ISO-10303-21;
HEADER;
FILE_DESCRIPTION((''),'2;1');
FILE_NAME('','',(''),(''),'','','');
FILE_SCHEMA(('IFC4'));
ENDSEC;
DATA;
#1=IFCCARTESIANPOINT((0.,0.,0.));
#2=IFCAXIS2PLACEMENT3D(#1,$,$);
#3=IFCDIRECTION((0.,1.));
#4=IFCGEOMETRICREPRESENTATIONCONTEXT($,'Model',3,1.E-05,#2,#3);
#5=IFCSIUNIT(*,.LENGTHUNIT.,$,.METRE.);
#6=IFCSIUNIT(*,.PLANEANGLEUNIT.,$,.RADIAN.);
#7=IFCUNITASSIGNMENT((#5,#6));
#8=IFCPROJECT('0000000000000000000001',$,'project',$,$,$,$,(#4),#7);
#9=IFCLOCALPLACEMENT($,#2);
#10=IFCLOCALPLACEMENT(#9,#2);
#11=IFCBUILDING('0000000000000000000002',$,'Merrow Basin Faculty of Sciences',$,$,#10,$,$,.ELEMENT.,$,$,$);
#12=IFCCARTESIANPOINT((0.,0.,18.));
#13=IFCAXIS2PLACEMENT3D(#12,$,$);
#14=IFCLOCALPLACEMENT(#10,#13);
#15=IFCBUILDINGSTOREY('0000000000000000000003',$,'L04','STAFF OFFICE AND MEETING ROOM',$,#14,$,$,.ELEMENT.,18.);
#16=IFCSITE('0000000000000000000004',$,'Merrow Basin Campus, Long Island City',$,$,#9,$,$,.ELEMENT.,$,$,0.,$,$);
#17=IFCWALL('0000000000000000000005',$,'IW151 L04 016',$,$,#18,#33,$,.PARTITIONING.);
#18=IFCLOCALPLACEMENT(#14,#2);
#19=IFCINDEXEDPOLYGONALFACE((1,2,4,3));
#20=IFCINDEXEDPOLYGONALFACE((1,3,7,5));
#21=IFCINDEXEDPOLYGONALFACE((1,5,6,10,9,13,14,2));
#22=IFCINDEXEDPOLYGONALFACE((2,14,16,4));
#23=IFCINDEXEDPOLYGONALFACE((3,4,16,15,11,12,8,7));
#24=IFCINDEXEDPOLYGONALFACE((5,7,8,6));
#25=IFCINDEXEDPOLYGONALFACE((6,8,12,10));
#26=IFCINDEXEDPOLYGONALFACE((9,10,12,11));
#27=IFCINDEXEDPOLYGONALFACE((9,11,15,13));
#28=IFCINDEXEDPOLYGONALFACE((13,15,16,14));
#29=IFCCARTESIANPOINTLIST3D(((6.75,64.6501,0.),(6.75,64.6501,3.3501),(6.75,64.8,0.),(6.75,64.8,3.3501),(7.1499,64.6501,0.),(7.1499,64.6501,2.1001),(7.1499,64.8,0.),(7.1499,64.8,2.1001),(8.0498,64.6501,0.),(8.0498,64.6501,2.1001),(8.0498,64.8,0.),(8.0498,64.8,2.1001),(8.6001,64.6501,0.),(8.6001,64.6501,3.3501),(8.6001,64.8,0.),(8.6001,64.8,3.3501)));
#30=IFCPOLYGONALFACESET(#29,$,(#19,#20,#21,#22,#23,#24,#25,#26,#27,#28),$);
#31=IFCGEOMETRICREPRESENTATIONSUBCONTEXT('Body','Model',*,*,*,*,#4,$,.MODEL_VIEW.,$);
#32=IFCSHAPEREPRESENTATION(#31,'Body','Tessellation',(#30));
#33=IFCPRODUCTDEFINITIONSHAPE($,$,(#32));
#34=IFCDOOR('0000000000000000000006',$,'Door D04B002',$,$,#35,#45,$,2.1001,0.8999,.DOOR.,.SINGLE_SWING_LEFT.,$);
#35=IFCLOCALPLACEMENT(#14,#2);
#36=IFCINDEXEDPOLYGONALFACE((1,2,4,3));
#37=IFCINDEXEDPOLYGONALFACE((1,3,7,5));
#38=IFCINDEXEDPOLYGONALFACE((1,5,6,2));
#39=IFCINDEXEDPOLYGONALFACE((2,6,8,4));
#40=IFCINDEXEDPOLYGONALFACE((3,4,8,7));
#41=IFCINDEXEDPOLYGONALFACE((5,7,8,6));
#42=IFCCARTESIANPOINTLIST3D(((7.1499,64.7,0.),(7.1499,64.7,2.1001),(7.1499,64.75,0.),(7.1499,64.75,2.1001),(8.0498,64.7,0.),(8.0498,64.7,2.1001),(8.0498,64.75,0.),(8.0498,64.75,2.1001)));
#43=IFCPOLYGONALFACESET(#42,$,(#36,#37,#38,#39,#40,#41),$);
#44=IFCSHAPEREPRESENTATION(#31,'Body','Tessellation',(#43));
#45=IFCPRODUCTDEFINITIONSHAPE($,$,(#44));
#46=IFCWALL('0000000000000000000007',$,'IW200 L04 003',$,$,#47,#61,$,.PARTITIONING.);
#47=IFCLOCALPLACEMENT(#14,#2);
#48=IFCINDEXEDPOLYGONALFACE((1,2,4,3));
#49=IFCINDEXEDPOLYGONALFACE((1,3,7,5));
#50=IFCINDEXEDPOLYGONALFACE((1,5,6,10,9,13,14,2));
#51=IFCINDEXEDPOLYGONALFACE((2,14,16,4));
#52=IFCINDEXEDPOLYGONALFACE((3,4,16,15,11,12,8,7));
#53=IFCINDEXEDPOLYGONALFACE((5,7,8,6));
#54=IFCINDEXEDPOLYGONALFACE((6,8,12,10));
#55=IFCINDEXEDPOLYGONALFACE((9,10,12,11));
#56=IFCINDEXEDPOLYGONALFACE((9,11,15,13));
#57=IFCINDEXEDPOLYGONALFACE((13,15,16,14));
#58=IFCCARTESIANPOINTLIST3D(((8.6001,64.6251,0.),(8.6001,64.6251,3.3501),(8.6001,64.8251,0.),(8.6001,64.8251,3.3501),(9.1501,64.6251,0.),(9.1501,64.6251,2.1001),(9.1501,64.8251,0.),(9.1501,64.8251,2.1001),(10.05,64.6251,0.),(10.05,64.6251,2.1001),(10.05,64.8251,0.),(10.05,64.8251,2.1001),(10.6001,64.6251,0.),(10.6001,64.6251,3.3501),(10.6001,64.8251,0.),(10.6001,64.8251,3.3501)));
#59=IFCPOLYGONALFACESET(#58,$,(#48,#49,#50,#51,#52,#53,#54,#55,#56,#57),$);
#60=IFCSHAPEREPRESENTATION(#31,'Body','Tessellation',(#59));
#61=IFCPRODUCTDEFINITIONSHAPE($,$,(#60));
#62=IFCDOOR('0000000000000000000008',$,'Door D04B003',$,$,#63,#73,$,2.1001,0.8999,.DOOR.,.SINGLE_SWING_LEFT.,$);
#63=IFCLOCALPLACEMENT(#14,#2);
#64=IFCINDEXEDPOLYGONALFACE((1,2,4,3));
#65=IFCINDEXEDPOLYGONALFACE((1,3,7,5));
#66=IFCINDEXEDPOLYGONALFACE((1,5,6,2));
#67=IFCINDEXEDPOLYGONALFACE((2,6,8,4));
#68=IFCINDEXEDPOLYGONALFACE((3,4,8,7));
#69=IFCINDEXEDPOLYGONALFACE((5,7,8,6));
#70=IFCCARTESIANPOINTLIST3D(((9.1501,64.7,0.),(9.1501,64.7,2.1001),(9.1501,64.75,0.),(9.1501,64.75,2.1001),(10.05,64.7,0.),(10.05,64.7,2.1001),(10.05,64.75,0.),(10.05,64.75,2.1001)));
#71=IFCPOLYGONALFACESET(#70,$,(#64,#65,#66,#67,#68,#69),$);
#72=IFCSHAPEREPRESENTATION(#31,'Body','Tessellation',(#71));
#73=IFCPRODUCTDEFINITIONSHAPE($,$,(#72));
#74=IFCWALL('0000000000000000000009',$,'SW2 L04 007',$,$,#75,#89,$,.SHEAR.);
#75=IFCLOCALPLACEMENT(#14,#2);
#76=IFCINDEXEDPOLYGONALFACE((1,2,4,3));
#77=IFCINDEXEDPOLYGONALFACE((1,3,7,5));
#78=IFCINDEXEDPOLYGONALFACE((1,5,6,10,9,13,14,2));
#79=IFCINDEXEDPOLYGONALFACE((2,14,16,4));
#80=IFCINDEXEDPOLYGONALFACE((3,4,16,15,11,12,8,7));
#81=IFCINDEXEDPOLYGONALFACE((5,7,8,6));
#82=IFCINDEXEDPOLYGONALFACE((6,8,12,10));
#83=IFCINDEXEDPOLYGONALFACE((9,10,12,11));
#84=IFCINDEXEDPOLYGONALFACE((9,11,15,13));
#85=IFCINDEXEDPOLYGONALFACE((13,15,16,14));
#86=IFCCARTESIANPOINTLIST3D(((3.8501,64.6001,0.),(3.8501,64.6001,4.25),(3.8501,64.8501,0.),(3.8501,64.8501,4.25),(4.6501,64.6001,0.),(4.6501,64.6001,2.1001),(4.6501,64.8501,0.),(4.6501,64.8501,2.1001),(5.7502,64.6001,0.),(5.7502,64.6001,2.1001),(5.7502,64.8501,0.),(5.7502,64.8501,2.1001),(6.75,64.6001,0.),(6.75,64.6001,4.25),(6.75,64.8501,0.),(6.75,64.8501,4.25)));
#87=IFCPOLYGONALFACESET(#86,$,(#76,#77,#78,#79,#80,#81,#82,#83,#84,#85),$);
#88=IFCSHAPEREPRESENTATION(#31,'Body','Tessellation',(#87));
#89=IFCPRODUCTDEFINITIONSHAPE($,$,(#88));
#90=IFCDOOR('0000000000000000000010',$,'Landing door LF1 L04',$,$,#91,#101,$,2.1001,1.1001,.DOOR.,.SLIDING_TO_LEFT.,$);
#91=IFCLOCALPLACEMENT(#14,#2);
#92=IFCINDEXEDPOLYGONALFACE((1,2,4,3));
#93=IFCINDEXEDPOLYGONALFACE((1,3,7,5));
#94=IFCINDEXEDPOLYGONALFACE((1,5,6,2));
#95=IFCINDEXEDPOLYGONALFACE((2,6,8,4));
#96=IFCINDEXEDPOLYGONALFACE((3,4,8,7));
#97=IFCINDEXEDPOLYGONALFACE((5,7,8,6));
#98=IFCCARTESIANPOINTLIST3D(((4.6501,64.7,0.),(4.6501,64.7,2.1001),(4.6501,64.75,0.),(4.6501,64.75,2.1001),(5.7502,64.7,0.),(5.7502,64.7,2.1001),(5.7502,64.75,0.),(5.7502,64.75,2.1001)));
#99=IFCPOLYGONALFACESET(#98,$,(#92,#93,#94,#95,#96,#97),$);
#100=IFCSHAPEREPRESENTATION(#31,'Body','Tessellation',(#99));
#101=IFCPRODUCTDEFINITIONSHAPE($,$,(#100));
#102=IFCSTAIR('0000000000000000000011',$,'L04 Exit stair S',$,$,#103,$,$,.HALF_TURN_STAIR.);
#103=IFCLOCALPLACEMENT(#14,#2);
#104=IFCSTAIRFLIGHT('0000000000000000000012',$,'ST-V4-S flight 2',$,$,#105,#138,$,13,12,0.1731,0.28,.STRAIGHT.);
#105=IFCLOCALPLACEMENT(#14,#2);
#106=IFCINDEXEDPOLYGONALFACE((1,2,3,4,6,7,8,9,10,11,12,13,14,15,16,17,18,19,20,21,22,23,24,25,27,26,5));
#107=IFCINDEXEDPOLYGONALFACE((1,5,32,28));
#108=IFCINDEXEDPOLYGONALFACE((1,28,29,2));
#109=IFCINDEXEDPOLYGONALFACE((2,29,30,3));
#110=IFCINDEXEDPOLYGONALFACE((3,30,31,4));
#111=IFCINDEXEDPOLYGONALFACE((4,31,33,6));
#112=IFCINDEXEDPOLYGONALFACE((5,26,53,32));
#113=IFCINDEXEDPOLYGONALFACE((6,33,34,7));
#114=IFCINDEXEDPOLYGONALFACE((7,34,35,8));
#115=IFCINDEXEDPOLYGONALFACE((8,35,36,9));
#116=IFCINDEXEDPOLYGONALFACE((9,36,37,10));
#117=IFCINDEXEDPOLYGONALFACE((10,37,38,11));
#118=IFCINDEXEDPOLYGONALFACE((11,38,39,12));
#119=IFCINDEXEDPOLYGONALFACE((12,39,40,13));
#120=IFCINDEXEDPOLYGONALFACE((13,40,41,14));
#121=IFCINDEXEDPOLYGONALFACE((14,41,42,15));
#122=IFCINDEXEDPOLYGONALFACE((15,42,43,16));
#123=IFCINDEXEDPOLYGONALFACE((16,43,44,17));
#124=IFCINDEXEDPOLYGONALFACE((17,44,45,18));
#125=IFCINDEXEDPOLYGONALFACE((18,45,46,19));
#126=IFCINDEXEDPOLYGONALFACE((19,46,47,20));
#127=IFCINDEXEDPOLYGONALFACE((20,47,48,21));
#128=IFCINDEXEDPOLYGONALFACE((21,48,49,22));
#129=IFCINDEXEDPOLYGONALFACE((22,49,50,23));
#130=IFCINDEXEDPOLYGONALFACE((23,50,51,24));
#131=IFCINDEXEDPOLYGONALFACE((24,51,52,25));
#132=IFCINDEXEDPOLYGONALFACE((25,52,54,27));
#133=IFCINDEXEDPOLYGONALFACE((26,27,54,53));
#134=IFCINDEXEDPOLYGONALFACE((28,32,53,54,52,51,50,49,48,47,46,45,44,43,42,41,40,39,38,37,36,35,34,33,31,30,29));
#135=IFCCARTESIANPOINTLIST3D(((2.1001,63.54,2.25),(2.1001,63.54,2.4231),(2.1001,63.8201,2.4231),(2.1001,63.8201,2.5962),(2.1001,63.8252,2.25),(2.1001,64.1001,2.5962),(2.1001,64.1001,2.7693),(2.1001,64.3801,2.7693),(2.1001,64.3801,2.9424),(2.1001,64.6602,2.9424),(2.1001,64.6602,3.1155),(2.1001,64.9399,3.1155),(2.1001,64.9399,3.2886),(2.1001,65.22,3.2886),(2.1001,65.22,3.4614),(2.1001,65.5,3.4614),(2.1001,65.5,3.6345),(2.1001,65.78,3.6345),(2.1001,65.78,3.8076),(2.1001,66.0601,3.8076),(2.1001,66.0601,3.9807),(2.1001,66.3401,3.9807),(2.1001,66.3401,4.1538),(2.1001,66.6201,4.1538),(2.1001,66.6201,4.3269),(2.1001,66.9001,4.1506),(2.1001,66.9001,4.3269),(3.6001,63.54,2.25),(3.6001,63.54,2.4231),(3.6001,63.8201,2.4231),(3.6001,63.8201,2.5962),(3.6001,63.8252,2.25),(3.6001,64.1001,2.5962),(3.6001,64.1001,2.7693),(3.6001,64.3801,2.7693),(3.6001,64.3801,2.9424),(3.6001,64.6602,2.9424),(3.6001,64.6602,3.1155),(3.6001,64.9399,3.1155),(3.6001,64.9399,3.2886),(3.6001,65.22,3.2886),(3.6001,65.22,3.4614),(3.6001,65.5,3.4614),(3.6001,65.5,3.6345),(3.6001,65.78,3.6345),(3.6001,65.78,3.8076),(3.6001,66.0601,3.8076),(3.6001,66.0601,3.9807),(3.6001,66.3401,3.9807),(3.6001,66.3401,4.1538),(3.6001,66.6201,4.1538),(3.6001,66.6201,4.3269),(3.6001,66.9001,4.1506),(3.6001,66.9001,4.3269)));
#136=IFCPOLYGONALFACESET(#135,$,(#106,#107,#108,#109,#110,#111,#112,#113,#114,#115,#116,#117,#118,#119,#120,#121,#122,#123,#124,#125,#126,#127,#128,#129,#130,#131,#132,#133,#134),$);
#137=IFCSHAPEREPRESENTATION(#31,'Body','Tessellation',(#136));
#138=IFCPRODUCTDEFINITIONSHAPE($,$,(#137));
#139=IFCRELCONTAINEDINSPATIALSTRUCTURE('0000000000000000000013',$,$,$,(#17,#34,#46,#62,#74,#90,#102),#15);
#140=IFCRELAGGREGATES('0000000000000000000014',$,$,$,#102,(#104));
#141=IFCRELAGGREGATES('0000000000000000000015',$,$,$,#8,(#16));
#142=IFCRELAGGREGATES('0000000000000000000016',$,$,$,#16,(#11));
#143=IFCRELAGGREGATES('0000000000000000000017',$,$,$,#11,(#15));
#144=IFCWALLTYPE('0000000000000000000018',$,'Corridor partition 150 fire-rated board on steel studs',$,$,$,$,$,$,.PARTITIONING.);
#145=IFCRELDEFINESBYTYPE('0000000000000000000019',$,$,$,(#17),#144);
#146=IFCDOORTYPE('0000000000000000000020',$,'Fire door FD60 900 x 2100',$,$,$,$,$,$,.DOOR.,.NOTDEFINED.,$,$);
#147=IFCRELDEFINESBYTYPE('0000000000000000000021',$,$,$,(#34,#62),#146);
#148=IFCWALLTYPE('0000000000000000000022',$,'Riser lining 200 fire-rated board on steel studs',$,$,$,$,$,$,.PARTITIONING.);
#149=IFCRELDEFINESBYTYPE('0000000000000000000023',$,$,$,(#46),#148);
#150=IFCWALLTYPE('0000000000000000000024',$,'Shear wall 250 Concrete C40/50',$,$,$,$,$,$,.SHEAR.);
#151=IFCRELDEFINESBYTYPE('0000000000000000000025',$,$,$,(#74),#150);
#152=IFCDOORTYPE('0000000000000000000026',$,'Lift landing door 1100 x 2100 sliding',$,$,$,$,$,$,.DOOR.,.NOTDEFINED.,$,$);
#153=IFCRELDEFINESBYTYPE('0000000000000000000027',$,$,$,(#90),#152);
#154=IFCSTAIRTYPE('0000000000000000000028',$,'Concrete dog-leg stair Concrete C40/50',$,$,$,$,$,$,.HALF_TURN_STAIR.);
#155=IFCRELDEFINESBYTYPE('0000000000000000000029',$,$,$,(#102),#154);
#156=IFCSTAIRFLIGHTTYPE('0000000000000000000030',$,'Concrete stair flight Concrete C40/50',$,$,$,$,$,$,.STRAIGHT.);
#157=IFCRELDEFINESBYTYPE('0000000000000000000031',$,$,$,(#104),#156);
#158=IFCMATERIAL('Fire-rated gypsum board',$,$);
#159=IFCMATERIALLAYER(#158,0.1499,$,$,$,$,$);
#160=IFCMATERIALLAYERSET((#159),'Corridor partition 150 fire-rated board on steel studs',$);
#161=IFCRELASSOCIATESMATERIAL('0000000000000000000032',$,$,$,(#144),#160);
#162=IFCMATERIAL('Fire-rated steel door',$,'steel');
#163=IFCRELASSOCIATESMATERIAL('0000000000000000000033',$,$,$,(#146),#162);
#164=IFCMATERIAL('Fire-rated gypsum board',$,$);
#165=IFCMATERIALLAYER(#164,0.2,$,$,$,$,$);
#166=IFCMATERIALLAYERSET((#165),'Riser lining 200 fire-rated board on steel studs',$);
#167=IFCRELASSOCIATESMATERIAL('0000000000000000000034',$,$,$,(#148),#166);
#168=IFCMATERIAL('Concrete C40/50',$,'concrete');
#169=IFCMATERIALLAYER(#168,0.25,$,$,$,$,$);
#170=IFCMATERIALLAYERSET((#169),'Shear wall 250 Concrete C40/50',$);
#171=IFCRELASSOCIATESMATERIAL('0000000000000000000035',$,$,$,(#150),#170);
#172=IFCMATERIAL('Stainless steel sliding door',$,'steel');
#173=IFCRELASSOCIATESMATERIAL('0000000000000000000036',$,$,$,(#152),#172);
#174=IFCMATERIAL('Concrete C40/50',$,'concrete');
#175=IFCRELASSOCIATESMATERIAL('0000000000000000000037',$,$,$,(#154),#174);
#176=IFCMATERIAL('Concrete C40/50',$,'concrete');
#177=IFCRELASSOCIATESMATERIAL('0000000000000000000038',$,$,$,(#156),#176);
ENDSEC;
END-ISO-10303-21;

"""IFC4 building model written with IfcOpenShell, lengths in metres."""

from ifc_helpers import new_model, si_unit, direction, frame, frame_2d, origin, place, context, subcontext, project, spatial, polyline, rectangle, outline, extrude, material, layer, layer_set, type_object, element, fill, aggregate, save


model = new_model("IFC4")

# Units and contexts
model_context = context("Model", 3, precision=1e-05, world=origin(), true_north=direction((0.0, 1.0)))
body_context = subcontext(model_context, "Body", "Model", "MODEL_VIEW")
ifc_project = project(units=[si_unit("LENGTHUNIT", "METRE"), si_unit("PLANEANGLEUNIT", "RADIAN")], contexts=[model_context])

# Site, building, storey
site_placement = place(None, origin())
site = spatial("IfcSite", under=ifc_project, at=site_placement, Name="Merrow Basin Campus, Long Island City", CompositionType="ELEMENT", RefElevation=0.0)
building_placement = place(site_placement, origin())
building = spatial("IfcBuilding", under=site, at=building_placement, Name="Merrow Basin Faculty of Sciences", CompositionType="ELEMENT")
storey_placement = place(building_placement, frame((0.0, 0.0, 18.0)))
storey = spatial("IfcBuildingStorey", under=building, at=storey_placement, Name="L04", Description="STAFF OFFICE AND MEETING ROOM", CompositionType="ELEMENT", Elevation=18.0)

# Walls, openings, doors
ifc_material_1 = material(Name="Fire-rated gypsum board")
ifc_layer_1 = layer(ifc_material_1, 0.1499)
ifc_layer_set_1 = layer_set([ifc_layer_1], Name="Corridor partition 150 fire-rated board on steel studs")
wall_type_1 = type_object("IfcWallType", Name="Corridor partition 150 fire-rated board on steel studs", PredefinedType="PARTITIONING", material=ifc_layer_set_1)
wall_1_placement = place(storey_placement, frame((6.75, 64.7251, 0.0), z_axis=(0.0, 0.0, 1.0), x_axis=(1.0, 0.0, 0.0)))
wall_1 = element("IfcWall", 1, at=wall_1_placement, inside=storey, type_object=wall_type_1, Name="IW151 L04 016", PredefinedType="PARTITIONING", context=body_context, shape_type="SweptSolid", body=[
    extrude(rectangle(XDim=1.8501, YDim=0.1499, at=frame_2d((0.925, 0.0))), origin(), (0.0, 0.0, 1.0), 3.3501),
])
opening_1_placement = place(wall_1_placement, frame((0.3999, 0.0, 0.0)))
opening_1 = element("IfcOpeningElement", 2, at=opening_1_placement, cuts=wall_1, PredefinedType="OPENING", context=body_context, shape_type="SweptSolid", body=[
    extrude(rectangle(XDim=0.8999, YDim=2.1001, at=frame_2d((0.45, 1.05))), frame((0.0, 0.085, 0.0), z_axis=(0.0, -1.0, 0.0), x_axis=(1.0, 0.0, 0.0)), (0.0, 0.0, 1.0), 0.1699),
])
ifc_material_2 = material(Name="Fire-rated steel door", Category="steel")
door_type_1 = type_object("IfcDoorType", Name="Fire door FD60 900 x 2100", OperationType="NOTDEFINED", PredefinedType="DOOR", material=ifc_material_2)
door_1_placement = place(opening_1_placement, origin())
door_1 = element("IfcDoor", 3, at=door_1_placement, inside=storey, type_object=door_type_1, Name="Door D04B002", OperationType="SINGLE_SWING_LEFT", OverallHeight=2.1001, OverallWidth=0.8999, PredefinedType="DOOR", context=body_context, shape_type="SweptSolid", body=[
    extrude(rectangle(XDim=0.8999, YDim=2.1001, at=frame_2d((0.45, 1.05))), frame((0.0, 0.0249, 0.0), z_axis=(0.0, -1.0, 0.0), x_axis=(1.0, 0.0, 0.0)), (0.0, 0.0, 1.0), 0.05),
])
fill(opening_1, door_1)
ifc_material_3 = material(Name="Fire-rated gypsum board")
ifc_layer_2 = layer(ifc_material_3, 0.2)
ifc_layer_set_2 = layer_set([ifc_layer_2], Name="Riser lining 200 fire-rated board on steel studs")
wall_type_2 = type_object("IfcWallType", Name="Riser lining 200 fire-rated board on steel studs", PredefinedType="PARTITIONING", material=ifc_layer_set_2)
wall_2_placement = place(storey_placement, frame((8.6001, 64.7251, 0.0), z_axis=(0.0, 0.0, 1.0), x_axis=(1.0, 0.0, 0.0)))
wall_2 = element("IfcWall", 4, at=wall_2_placement, inside=storey, type_object=wall_type_2, Name="IW200 L04 003", PredefinedType="PARTITIONING", context=body_context, shape_type="SweptSolid", body=[
    extrude(rectangle(XDim=2.0, YDim=0.2, at=frame_2d((1.0, 0.0))), origin(), (0.0, 0.0, 1.0), 3.3501),
])
opening_2_placement = place(wall_2_placement, frame((0.55, 0.0, 0.0)))
opening_2 = element("IfcOpeningElement", 5, at=opening_2_placement, cuts=wall_2, PredefinedType="OPENING", context=body_context, shape_type="SweptSolid", body=[
    extrude(rectangle(XDim=0.8999, YDim=2.1001, at=frame_2d((0.45, 1.05))), frame((0.0, 0.1099, 0.0), z_axis=(0.0, -1.0, 0.0), x_axis=(1.0, 0.0, 0.0)), (0.0, 0.0, 1.0), 0.22),
])
door_2_placement = place(opening_2_placement, origin())
door_2 = element("IfcDoor", 6, at=door_2_placement, inside=storey, type_object=door_type_1, Name="Door D04B003", OperationType="SINGLE_SWING_LEFT", OverallHeight=2.1001, OverallWidth=0.8999, PredefinedType="DOOR", context=body_context, shape_type="SweptSolid", body=[
    extrude(rectangle(XDim=0.8999, YDim=2.1001, at=frame_2d((0.45, 1.05))), frame((0.0, 0.0249, 0.0), z_axis=(0.0, -1.0, 0.0), x_axis=(1.0, 0.0, 0.0)), (0.0, 0.0, 1.0), 0.05),
])
fill(opening_2, door_2)
ifc_material_4 = material(Name="Concrete C40/50", Category="concrete")
ifc_layer_3 = layer(ifc_material_4, 0.25)
ifc_layer_set_3 = layer_set([ifc_layer_3], Name="Shear wall 250 Concrete C40/50")
wall_type_3 = type_object("IfcWallType", Name="Shear wall 250 Concrete C40/50", PredefinedType="SHEAR", material=ifc_layer_set_3)
wall_3_placement = place(storey_placement, frame((3.8501, 64.7251, 0.0), z_axis=(0.0, 0.0, 1.0), x_axis=(1.0, 0.0, 0.0)))
wall_3 = element("IfcWall", 7, at=wall_3_placement, inside=storey, type_object=wall_type_3, Name="SW2 L04 007", PredefinedType="SHEAR", context=body_context, shape_type="SweptSolid", body=[
    extrude(rectangle(XDim=2.8999, YDim=0.25, at=frame_2d((1.45, 0.0))), origin(), (0.0, 0.0, 1.0), 4.25),
])
opening_3_placement = place(wall_3_placement, frame((0.8, 0.0, 0.0)))
opening_3 = element("IfcOpeningElement", 8, at=opening_3_placement, cuts=wall_3, PredefinedType="OPENING", context=body_context, shape_type="SweptSolid", body=[
    extrude(rectangle(XDim=1.1001, YDim=2.1001, at=frame_2d((0.55, 1.05))), frame((0.0, 0.135, 0.0), z_axis=(0.0, -1.0, 0.0), x_axis=(1.0, 0.0, 0.0)), (0.0, 0.0, 1.0), 0.27),
])
ifc_material_5 = material(Name="Stainless steel sliding door", Category="steel")
door_type_2 = type_object("IfcDoorType", Name="Lift landing door 1100 x 2100 sliding", OperationType="NOTDEFINED", PredefinedType="DOOR", material=ifc_material_5)
door_3_placement = place(opening_3_placement, origin())
door_3 = element("IfcDoor", 9, at=door_3_placement, inside=storey, type_object=door_type_2, Name="Landing door LF1 L04", OperationType="SLIDING_TO_LEFT", OverallHeight=2.1001, OverallWidth=1.1001, PredefinedType="DOOR", context=body_context, shape_type="SweptSolid", body=[
    extrude(rectangle(XDim=1.1001, YDim=2.1001, at=frame_2d((0.55, 1.05))), frame((0.0, 0.0249, 0.0), z_axis=(0.0, -1.0, 0.0), x_axis=(1.0, 0.0, 0.0)), (0.0, 0.0, 1.0), 0.05),
])
fill(opening_3, door_3)

# Stair, stair flight
ifc_material_6 = material(Name="Concrete C40/50", Category="concrete")
stair_type = type_object("IfcStairType", Name="Concrete dog-leg stair Concrete C40/50", PredefinedType="HALF_TURN_STAIR", material=ifc_material_6)
stair_placement = place(storey_placement, origin())
stair = element("IfcStair", 10, at=stair_placement, inside=storey, type_object=stair_type, Name="L04 Exit stair S", PredefinedType="HALF_TURN_STAIR")
ifc_material_7 = material(Name="Concrete C40/50", Category="concrete")
stair_flight_type = type_object("IfcStairFlightType", Name="Concrete stair flight Concrete C40/50", PredefinedType="STRAIGHT", material=ifc_material_7)
stair_flight_placement = place(storey_placement, frame((2.8501, 63.54, 2.25), z_axis=(0.0, 0.0, 1.0), x_axis=(0.0, 1.0, 0.0)))
stair_flight = element("IfcStairFlight", 11, at=stair_flight_placement, type_object=stair_flight_type, Name="ST-V4-S flight 2", NumberOfRisers=13, NumberOfTreads=12, PredefinedType="STRAIGHT", RiserHeight=0.1731, TreadLength=0.28, context=body_context, shape_type="SweptSolid", body=[
    extrude(outline(polyline([(0.0, 0.0), (0.0, 0.1731), (0.28, 0.1731), (0.28, 0.3462), (0.5601, 0.3462), (0.5601, 0.5193), (0.8401, 0.5193), (0.8401, 0.6924), (1.1201, 0.6924), (1.1201, 0.8655), (1.3999, 0.8655), (1.3999, 1.0386), (1.6799, 1.0386), (1.6799, 1.2114), (1.96, 1.2114), (1.96, 1.3845), (2.24, 1.3845), (2.24, 1.5576), (2.52, 1.5576), (2.52, 1.7307), (2.8, 1.7307), (2.8, 1.9038), (3.0801, 1.9038), (3.0801, 2.0769), (3.3601, 2.0769), (3.3601, 2.25), (3.3601, 1.9006), (0.2852, 0.0), (0.0, 0.0)])), frame((0.0, 0.75, 0.0), z_axis=(0.0, -1.0, 0.0), x_axis=(1.0, 0.0, 0.0)), (0.0, 0.0, 1.0), 1.5),
])
aggregate(stair, [stair_flight])

save(model, "model.ifc")
